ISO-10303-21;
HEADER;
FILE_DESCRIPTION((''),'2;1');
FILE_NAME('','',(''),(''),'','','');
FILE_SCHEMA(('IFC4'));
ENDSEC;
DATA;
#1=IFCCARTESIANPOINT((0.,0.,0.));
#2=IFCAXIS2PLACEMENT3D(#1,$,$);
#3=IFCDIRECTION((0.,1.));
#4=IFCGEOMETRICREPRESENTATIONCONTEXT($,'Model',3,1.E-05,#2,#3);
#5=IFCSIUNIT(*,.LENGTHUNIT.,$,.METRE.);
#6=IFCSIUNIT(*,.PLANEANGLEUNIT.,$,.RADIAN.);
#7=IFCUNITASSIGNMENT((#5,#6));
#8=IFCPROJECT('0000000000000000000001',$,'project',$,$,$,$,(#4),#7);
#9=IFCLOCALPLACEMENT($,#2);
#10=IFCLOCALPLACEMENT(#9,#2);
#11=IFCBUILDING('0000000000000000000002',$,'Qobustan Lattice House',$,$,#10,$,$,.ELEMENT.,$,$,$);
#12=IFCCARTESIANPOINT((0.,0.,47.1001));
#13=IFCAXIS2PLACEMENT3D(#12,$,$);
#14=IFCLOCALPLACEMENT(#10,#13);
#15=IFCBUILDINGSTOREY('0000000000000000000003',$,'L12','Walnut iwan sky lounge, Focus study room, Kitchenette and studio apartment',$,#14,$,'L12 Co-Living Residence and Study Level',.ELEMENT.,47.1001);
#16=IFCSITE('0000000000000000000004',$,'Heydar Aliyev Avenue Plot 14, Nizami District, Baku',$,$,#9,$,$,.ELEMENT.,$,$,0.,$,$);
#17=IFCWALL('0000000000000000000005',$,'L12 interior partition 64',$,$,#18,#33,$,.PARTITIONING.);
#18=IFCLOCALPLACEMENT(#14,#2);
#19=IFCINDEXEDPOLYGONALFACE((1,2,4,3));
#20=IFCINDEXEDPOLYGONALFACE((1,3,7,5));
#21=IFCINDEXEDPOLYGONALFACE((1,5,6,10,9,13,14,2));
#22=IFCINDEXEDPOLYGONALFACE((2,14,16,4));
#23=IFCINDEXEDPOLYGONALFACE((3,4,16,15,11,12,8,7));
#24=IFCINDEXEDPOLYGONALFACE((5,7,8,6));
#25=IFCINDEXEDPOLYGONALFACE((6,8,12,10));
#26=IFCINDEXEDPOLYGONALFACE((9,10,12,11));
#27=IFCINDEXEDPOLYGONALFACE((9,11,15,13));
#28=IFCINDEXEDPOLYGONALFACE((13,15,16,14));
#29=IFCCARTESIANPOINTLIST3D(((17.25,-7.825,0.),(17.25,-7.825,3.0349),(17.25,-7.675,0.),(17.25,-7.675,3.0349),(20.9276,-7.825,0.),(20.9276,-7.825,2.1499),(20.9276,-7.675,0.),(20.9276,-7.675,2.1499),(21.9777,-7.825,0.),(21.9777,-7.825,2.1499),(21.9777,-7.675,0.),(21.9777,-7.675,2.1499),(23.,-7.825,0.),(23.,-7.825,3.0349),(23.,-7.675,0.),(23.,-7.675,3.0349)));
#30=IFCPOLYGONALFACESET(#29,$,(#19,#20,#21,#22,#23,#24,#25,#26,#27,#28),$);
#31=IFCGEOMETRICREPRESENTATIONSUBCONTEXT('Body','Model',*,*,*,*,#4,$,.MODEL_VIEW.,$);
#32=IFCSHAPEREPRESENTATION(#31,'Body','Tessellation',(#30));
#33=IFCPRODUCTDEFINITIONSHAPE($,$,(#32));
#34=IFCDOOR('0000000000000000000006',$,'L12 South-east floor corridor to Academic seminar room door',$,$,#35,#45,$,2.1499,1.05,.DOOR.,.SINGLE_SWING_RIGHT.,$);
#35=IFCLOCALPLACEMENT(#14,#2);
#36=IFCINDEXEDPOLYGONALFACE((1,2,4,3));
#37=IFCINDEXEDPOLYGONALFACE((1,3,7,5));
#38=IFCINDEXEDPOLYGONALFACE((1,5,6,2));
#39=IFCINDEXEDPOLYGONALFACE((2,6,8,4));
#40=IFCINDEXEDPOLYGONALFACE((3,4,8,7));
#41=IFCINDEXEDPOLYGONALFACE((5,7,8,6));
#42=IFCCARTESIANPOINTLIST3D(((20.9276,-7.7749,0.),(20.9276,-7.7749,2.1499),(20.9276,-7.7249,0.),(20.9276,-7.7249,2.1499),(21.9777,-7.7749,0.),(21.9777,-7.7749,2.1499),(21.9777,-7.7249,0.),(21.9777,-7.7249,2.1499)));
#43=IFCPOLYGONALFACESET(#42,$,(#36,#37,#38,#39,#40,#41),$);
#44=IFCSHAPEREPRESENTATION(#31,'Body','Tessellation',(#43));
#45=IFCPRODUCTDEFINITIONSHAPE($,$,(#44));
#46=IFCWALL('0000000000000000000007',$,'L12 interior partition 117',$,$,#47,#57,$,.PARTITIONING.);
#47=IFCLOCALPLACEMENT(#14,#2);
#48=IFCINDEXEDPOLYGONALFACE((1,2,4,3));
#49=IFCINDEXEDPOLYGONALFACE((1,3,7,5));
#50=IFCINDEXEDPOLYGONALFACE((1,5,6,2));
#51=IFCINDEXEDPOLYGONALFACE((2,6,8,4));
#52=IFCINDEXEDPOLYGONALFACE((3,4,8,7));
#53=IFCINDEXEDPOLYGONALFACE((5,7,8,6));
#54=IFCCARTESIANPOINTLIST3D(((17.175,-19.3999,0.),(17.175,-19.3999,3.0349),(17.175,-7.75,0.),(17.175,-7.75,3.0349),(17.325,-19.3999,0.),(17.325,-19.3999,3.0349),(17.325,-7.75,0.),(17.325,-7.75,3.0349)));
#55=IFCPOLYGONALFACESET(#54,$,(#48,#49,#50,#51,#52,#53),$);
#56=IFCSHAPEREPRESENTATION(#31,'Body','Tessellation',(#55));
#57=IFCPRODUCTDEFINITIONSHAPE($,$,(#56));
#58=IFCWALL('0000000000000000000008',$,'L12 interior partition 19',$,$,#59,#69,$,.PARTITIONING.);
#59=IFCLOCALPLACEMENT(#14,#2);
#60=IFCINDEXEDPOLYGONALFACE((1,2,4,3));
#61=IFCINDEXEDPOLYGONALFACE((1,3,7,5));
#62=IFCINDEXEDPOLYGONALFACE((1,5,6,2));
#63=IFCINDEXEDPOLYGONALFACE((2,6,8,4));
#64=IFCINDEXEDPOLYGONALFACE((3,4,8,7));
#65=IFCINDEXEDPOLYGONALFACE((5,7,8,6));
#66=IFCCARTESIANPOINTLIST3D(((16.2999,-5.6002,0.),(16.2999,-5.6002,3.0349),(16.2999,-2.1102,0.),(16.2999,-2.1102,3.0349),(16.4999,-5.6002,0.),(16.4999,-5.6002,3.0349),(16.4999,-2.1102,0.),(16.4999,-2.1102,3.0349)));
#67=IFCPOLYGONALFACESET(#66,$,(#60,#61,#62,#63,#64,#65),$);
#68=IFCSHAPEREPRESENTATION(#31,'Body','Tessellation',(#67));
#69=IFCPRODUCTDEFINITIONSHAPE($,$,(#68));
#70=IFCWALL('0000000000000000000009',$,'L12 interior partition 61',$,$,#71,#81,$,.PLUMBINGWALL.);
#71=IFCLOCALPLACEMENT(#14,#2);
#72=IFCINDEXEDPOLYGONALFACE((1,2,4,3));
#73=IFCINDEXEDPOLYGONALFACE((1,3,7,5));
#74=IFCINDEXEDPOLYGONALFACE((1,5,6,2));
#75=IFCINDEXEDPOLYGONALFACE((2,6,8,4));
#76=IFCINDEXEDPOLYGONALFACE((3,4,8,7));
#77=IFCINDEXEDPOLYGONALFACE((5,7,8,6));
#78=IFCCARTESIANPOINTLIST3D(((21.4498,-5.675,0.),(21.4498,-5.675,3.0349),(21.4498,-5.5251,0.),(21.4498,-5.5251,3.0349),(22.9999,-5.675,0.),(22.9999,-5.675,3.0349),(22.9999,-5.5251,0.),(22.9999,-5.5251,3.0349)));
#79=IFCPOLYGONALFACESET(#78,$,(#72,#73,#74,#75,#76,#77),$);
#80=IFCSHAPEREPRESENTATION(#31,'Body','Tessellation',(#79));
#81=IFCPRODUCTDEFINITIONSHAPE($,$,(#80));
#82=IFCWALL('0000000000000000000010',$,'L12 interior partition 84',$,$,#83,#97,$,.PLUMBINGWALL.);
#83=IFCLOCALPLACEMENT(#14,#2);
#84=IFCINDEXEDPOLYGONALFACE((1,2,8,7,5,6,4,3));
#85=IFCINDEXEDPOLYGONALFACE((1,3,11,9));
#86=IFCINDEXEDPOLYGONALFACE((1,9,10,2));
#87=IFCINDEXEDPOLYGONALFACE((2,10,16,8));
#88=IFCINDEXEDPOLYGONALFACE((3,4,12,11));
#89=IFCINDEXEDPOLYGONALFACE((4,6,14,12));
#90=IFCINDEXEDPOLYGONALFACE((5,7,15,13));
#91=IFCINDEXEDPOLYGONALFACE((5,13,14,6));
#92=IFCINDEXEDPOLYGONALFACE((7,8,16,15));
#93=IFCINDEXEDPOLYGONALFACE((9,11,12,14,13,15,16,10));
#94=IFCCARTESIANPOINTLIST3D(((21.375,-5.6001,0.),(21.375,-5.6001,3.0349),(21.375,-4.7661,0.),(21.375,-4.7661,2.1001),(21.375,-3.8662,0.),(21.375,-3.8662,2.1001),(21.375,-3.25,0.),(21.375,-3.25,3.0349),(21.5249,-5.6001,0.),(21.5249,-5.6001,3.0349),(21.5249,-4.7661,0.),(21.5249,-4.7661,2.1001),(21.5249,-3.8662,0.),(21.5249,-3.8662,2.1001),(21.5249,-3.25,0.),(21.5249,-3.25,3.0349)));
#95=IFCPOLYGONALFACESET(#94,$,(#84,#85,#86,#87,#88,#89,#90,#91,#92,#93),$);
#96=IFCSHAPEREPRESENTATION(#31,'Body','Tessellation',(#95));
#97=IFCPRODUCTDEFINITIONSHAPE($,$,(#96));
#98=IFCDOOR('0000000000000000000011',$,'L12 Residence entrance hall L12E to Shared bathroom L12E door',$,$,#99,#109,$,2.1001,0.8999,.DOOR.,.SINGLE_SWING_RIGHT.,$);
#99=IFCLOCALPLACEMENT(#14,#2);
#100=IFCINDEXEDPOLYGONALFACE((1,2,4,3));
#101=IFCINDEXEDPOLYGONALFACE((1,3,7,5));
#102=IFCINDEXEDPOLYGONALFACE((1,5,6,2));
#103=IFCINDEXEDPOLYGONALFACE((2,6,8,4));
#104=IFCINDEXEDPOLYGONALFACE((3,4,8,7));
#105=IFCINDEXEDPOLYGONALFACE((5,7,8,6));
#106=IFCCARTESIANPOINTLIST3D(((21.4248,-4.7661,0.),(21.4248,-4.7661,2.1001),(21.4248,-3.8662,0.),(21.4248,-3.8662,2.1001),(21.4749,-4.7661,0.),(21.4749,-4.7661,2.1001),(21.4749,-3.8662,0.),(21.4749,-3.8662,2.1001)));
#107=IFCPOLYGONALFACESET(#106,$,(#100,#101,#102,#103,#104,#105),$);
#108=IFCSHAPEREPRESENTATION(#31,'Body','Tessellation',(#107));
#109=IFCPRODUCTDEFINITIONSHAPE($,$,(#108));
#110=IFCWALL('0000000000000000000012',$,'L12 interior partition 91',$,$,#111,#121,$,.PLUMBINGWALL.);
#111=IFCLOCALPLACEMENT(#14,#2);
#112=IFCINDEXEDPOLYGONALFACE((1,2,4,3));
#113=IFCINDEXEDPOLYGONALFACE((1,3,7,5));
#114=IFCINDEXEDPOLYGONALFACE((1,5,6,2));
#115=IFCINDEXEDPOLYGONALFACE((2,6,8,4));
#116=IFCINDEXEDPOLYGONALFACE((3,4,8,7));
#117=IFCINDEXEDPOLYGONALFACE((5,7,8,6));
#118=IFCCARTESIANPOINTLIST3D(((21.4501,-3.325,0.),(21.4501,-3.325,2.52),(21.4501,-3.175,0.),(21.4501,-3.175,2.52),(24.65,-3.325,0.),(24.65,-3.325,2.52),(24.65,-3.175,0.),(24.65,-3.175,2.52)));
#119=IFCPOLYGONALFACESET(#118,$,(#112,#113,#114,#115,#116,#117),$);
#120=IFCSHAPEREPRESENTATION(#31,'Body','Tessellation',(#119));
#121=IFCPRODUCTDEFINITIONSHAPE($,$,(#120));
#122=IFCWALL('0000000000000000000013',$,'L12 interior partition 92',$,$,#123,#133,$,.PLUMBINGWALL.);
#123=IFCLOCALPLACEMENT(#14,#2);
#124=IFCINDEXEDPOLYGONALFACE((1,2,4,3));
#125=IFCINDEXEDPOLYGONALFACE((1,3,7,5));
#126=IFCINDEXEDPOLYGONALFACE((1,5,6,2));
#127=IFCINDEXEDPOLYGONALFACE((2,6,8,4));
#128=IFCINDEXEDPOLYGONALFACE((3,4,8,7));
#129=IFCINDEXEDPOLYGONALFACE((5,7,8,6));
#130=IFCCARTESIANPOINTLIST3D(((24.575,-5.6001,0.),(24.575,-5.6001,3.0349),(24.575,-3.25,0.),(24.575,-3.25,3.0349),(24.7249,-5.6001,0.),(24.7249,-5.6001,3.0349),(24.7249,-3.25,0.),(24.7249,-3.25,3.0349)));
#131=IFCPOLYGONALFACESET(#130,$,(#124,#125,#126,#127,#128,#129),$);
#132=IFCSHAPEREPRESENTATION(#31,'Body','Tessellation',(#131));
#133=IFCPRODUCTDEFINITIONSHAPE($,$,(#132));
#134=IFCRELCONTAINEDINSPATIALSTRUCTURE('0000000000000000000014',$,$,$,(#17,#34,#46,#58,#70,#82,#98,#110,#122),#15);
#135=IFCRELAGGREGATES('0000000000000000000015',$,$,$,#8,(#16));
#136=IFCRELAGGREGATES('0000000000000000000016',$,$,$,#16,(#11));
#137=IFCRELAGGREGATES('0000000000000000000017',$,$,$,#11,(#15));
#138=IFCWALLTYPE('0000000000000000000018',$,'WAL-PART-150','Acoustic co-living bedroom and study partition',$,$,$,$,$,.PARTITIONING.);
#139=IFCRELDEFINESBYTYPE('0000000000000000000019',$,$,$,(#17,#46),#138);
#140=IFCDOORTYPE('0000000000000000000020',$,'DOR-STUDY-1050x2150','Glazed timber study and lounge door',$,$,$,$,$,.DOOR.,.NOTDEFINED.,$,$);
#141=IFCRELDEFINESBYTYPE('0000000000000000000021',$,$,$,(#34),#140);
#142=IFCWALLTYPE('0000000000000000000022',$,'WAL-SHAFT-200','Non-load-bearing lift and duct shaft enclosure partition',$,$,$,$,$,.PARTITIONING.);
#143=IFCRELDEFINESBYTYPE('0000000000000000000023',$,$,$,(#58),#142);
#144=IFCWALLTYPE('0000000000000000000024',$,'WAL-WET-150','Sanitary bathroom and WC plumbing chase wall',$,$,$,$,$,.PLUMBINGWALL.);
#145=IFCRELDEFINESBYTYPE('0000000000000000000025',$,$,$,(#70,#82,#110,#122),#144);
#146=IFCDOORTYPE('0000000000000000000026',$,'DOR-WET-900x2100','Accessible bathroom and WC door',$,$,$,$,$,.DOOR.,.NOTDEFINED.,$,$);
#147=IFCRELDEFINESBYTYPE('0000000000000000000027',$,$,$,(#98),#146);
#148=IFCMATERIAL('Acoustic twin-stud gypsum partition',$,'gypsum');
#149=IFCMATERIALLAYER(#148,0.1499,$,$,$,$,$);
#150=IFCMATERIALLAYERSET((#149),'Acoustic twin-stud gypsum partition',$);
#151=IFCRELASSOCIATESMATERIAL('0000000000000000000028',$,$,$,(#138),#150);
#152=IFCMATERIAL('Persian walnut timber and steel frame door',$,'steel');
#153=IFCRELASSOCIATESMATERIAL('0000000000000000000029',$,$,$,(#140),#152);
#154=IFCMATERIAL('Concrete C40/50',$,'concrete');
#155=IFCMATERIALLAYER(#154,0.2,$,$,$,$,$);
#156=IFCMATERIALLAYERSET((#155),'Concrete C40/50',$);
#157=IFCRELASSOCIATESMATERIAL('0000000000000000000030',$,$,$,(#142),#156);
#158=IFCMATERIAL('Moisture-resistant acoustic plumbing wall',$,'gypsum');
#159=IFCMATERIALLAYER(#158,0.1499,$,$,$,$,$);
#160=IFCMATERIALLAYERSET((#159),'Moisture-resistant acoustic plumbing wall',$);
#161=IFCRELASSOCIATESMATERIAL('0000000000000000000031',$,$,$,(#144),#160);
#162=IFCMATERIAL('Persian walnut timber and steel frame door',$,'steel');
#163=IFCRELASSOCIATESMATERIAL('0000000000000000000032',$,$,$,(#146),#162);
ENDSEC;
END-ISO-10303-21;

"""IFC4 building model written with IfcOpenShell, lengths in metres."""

from ifc_helpers import new_model, si_unit, direction, frame, frame_2d, origin, place, context, subcontext, project, spatial, rectangle, extrude, material, layer, layer_set, type_object, element, fill, save


model = new_model("IFC4")

# Units and contexts
model_context = context("Model", 3, precision=1e-05, world=origin(), true_north=direction((0.0, 1.0)))
body_context = subcontext(model_context, "Body", "Model", "MODEL_VIEW")
ifc_project = project(units=[si_unit("LENGTHUNIT", "METRE"), si_unit("PLANEANGLEUNIT", "RADIAN")], contexts=[model_context])

# Site, building, storey
site_placement = place(None, origin())
site = spatial("IfcSite", under=ifc_project, at=site_placement, Name="Heydar Aliyev Avenue Plot 14, Nizami District, Baku", CompositionType="ELEMENT", RefElevation=0.0)
building_placement = place(site_placement, origin())
building = spatial("IfcBuilding", under=site, at=building_placement, Name="Qobustan Lattice House", CompositionType="ELEMENT")
storey_placement = place(building_placement, frame((0.0, 0.0, 47.1001)))
storey = spatial("IfcBuildingStorey", under=building, at=storey_placement, Name="L12", Description="Walnut iwan sky lounge, Focus study room, Kitchenette and studio apartment", LongName="L12 Co-Living Residence and Study Level", CompositionType="ELEMENT", Elevation=47.1001)

# Wall, opening, door
ifc_material_1 = material(Name="Acoustic twin-stud gypsum partition", Category="gypsum")
ifc_layer_1 = layer(ifc_material_1, 0.1499)
ifc_layer_set_1 = layer_set([ifc_layer_1], Name="Acoustic twin-stud gypsum partition")
wall_type_1 = type_object("IfcWallType", Name="WAL-PART-150", Description="Acoustic co-living bedroom and study partition", PredefinedType="PARTITIONING", material=ifc_layer_set_1)
ifc_material_2 = material(Name="Persian walnut timber and steel frame door", Category="steel")
door_type_1 = type_object("IfcDoorType", Name="DOR-STUDY-1050x2150", Description="Glazed timber study and lounge door", OperationType="NOTDEFINED", PredefinedType="DOOR", material=ifc_material_2)
wall_1_placement = place(storey_placement, frame((23.0, -7.75, 0.0), z_axis=(0.0, 0.0, 1.0), x_axis=(-1.0, 0.0, 0.0)))
wall_1 = element("IfcWall", 1, at=wall_1_placement, inside=storey, type_object=wall_type_1, Name="L12 interior partition 64", PredefinedType="PARTITIONING", context=body_context, shape_type="SweptSolid", body=[
    extrude(rectangle(XDim=5.75, YDim=0.1499, at=frame_2d((2.875, 0.0))), origin(), (0.0, 0.0, 1.0), 3.0349),
])
opening_1_placement = place(wall_1_placement, frame((1.0225, 0.0, 0.0)))
opening_1 = element("IfcOpeningElement", 2, at=opening_1_placement, cuts=wall_1, PredefinedType="OPENING", context=body_context, shape_type="SweptSolid", body=[
    extrude(rectangle(XDim=1.05, YDim=2.1499, at=frame_2d((0.5249, 1.075))), frame((0.0, 0.085, 0.0), z_axis=(0.0, -1.0, 0.0), x_axis=(1.0, 0.0, 0.0)), (0.0, 0.0, 1.0), 0.1699),
])
door_1_placement = place(opening_1_placement, origin())
door_1 = element("IfcDoor", 3, at=door_1_placement, inside=storey, type_object=door_type_1, Name="L12 South-east floor corridor to Academic seminar room door", OperationType="SINGLE_SWING_RIGHT", OverallHeight=2.1499, OverallWidth=1.05, PredefinedType="DOOR", context=body_context, shape_type="SweptSolid", body=[
    extrude(rectangle(XDim=1.05, YDim=2.1499, at=frame_2d((0.5249, 1.075))), frame((0.0, 0.0249, 0.0), z_axis=(0.0, -1.0, 0.0), x_axis=(1.0, 0.0, 0.0)), (0.0, 0.0, 1.0), 0.05),
])
fill(opening_1, door_1)

# Wall
wall_2_placement = place(storey_placement, frame((17.25, -7.75, 0.0), z_axis=(0.0, 0.0, 1.0), x_axis=(0.0, -1.0, 0.0)))
element("IfcWall", 4, at=wall_2_placement, inside=storey, type_object=wall_type_1, Name="L12 interior partition 117", PredefinedType="PARTITIONING", context=body_context, shape_type="SweptSolid", body=[
    extrude(rectangle(XDim=11.6499, YDim=0.1499, at=frame_2d((5.825, 0.0))), origin(), (0.0, 0.0, 1.0), 3.0349),
])

# Walls
ifc_material_3 = material(Name="Concrete C40/50", Category="concrete")
ifc_layer_2 = layer(ifc_material_3, 0.2)
ifc_layer_set_2 = layer_set([ifc_layer_2], Name="Concrete C40/50")
wall_type_2 = type_object("IfcWallType", Name="WAL-SHAFT-200", Description="Non-load-bearing lift and duct shaft enclosure partition", PredefinedType="PARTITIONING", material=ifc_layer_set_2)
wall_3_placement = place(storey_placement, frame((16.3999, -2.1101, 0.0), z_axis=(0.0, 0.0, 1.0), x_axis=(0.0, -1.0, 0.0)))
element("IfcWall", 5, at=wall_3_placement, inside=storey, type_object=wall_type_2, Name="L12 interior partition 19", PredefinedType="PARTITIONING", context=body_context, shape_type="SweptSolid", body=[
    extrude(rectangle(XDim=3.49, YDim=0.2, at=frame_2d((1.7451, 0.0))), origin(), (0.0, 0.0, 1.0), 3.0349),
])
ifc_material_4 = material(Name="Moisture-resistant acoustic plumbing wall", Category="gypsum")
ifc_layer_3 = layer(ifc_material_4, 0.1499)
ifc_layer_set_3 = layer_set([ifc_layer_3], Name="Moisture-resistant acoustic plumbing wall")
wall_type_3 = type_object("IfcWallType", Name="WAL-WET-150", Description="Sanitary bathroom and WC plumbing chase wall", PredefinedType="PLUMBINGWALL", material=ifc_layer_set_3)
wall_4_placement = place(storey_placement, frame((21.45, -5.6001, 0.0), z_axis=(0.0, 0.0, 1.0), x_axis=(1.0, 0.0, 0.0)))
element("IfcWall", 6, at=wall_4_placement, inside=storey, type_object=wall_type_3, Name="L12 interior partition 61", PredefinedType="PLUMBINGWALL", context=body_context, shape_type="SweptSolid", body=[
    extrude(rectangle(XDim=1.55, YDim=0.1499, at=frame_2d((0.7749, 0.0))), origin(), (0.0, 0.0, 1.0), 3.0349),
])

# Wall, opening, door
wall_5_placement = place(storey_placement, frame((21.45, -3.25, 0.0), z_axis=(0.0, 0.0, 1.0), x_axis=(0.0, -1.0, 0.0)))
wall_5 = element("IfcWall", 7, at=wall_5_placement, inside=storey, type_object=wall_type_3, Name="L12 interior partition 84", PredefinedType="PLUMBINGWALL", context=body_context, shape_type="SweptSolid", body=[
    extrude(rectangle(XDim=2.3501, YDim=0.1499, at=frame_2d((1.175, 0.0))), origin(), (0.0, 0.0, 1.0), 3.0349),
])
opening_2_placement = place(wall_5_placement, frame((0.6162, 0.0, 0.0)))
opening_2 = element("IfcOpeningElement", 8, at=opening_2_placement, cuts=wall_5, PredefinedType="OPENING", context=body_context, shape_type="SweptSolid", body=[
    extrude(rectangle(XDim=0.8999, YDim=2.1001, at=frame_2d((0.45, 1.05))), frame((0.0, 0.085, 0.0), z_axis=(0.0, -1.0, 0.0), x_axis=(1.0, 0.0, 0.0)), (0.0, 0.0, 1.0), 0.1699),
])
ifc_material_5 = material(Name="Persian walnut timber and steel frame door", Category="steel")
door_type_2 = type_object("IfcDoorType", Name="DOR-WET-900x2100", Description="Accessible bathroom and WC door", OperationType="NOTDEFINED", PredefinedType="DOOR", material=ifc_material_5)
door_2_placement = place(opening_2_placement, origin())
door_2 = element("IfcDoor", 9, at=door_2_placement, inside=storey, type_object=door_type_2, Name="L12 Residence entrance hall L12E to Shared bathroom L12E door", OperationType="SINGLE_SWING_RIGHT", OverallHeight=2.1001, OverallWidth=0.8999, PredefinedType="DOOR", context=body_context, shape_type="SweptSolid", body=[
    extrude(rectangle(XDim=0.8999, YDim=2.1001, at=frame_2d((0.45, 1.05))), frame((0.0, 0.0249, 0.0), z_axis=(0.0, -1.0, 0.0), x_axis=(1.0, 0.0, 0.0)), (0.0, 0.0, 1.0), 0.05),
])
fill(opening_2, door_2)

# Walls
wall_6_placement = place(storey_placement, frame((21.45, -3.25, 0.0), z_axis=(0.0, 0.0, 1.0), x_axis=(1.0, 0.0, 0.0)))
element("IfcWall", 10, at=wall_6_placement, inside=storey, type_object=wall_type_3, Name="L12 interior partition 91", PredefinedType="PLUMBINGWALL", context=body_context, shape_type="SweptSolid", body=[
    extrude(rectangle(XDim=3.2, YDim=0.1499, at=frame_2d((1.6001, 0.0))), origin(), (0.0, 0.0, 1.0), 2.52),
])
wall_7_placement = place(storey_placement, frame((24.6499, -3.25, 0.0), z_axis=(0.0, 0.0, 1.0), x_axis=(0.0, -1.0, 0.0)))
element("IfcWall", 11, at=wall_7_placement, inside=storey, type_object=wall_type_3, Name="L12 interior partition 92", PredefinedType="PLUMBINGWALL", context=body_context, shape_type="SweptSolid", body=[
    extrude(rectangle(XDim=2.3501, YDim=0.1499, at=frame_2d((1.175, 0.0))), origin(), (0.0, 0.0, 1.0), 3.0349),
])

save(model, "model.ifc")
